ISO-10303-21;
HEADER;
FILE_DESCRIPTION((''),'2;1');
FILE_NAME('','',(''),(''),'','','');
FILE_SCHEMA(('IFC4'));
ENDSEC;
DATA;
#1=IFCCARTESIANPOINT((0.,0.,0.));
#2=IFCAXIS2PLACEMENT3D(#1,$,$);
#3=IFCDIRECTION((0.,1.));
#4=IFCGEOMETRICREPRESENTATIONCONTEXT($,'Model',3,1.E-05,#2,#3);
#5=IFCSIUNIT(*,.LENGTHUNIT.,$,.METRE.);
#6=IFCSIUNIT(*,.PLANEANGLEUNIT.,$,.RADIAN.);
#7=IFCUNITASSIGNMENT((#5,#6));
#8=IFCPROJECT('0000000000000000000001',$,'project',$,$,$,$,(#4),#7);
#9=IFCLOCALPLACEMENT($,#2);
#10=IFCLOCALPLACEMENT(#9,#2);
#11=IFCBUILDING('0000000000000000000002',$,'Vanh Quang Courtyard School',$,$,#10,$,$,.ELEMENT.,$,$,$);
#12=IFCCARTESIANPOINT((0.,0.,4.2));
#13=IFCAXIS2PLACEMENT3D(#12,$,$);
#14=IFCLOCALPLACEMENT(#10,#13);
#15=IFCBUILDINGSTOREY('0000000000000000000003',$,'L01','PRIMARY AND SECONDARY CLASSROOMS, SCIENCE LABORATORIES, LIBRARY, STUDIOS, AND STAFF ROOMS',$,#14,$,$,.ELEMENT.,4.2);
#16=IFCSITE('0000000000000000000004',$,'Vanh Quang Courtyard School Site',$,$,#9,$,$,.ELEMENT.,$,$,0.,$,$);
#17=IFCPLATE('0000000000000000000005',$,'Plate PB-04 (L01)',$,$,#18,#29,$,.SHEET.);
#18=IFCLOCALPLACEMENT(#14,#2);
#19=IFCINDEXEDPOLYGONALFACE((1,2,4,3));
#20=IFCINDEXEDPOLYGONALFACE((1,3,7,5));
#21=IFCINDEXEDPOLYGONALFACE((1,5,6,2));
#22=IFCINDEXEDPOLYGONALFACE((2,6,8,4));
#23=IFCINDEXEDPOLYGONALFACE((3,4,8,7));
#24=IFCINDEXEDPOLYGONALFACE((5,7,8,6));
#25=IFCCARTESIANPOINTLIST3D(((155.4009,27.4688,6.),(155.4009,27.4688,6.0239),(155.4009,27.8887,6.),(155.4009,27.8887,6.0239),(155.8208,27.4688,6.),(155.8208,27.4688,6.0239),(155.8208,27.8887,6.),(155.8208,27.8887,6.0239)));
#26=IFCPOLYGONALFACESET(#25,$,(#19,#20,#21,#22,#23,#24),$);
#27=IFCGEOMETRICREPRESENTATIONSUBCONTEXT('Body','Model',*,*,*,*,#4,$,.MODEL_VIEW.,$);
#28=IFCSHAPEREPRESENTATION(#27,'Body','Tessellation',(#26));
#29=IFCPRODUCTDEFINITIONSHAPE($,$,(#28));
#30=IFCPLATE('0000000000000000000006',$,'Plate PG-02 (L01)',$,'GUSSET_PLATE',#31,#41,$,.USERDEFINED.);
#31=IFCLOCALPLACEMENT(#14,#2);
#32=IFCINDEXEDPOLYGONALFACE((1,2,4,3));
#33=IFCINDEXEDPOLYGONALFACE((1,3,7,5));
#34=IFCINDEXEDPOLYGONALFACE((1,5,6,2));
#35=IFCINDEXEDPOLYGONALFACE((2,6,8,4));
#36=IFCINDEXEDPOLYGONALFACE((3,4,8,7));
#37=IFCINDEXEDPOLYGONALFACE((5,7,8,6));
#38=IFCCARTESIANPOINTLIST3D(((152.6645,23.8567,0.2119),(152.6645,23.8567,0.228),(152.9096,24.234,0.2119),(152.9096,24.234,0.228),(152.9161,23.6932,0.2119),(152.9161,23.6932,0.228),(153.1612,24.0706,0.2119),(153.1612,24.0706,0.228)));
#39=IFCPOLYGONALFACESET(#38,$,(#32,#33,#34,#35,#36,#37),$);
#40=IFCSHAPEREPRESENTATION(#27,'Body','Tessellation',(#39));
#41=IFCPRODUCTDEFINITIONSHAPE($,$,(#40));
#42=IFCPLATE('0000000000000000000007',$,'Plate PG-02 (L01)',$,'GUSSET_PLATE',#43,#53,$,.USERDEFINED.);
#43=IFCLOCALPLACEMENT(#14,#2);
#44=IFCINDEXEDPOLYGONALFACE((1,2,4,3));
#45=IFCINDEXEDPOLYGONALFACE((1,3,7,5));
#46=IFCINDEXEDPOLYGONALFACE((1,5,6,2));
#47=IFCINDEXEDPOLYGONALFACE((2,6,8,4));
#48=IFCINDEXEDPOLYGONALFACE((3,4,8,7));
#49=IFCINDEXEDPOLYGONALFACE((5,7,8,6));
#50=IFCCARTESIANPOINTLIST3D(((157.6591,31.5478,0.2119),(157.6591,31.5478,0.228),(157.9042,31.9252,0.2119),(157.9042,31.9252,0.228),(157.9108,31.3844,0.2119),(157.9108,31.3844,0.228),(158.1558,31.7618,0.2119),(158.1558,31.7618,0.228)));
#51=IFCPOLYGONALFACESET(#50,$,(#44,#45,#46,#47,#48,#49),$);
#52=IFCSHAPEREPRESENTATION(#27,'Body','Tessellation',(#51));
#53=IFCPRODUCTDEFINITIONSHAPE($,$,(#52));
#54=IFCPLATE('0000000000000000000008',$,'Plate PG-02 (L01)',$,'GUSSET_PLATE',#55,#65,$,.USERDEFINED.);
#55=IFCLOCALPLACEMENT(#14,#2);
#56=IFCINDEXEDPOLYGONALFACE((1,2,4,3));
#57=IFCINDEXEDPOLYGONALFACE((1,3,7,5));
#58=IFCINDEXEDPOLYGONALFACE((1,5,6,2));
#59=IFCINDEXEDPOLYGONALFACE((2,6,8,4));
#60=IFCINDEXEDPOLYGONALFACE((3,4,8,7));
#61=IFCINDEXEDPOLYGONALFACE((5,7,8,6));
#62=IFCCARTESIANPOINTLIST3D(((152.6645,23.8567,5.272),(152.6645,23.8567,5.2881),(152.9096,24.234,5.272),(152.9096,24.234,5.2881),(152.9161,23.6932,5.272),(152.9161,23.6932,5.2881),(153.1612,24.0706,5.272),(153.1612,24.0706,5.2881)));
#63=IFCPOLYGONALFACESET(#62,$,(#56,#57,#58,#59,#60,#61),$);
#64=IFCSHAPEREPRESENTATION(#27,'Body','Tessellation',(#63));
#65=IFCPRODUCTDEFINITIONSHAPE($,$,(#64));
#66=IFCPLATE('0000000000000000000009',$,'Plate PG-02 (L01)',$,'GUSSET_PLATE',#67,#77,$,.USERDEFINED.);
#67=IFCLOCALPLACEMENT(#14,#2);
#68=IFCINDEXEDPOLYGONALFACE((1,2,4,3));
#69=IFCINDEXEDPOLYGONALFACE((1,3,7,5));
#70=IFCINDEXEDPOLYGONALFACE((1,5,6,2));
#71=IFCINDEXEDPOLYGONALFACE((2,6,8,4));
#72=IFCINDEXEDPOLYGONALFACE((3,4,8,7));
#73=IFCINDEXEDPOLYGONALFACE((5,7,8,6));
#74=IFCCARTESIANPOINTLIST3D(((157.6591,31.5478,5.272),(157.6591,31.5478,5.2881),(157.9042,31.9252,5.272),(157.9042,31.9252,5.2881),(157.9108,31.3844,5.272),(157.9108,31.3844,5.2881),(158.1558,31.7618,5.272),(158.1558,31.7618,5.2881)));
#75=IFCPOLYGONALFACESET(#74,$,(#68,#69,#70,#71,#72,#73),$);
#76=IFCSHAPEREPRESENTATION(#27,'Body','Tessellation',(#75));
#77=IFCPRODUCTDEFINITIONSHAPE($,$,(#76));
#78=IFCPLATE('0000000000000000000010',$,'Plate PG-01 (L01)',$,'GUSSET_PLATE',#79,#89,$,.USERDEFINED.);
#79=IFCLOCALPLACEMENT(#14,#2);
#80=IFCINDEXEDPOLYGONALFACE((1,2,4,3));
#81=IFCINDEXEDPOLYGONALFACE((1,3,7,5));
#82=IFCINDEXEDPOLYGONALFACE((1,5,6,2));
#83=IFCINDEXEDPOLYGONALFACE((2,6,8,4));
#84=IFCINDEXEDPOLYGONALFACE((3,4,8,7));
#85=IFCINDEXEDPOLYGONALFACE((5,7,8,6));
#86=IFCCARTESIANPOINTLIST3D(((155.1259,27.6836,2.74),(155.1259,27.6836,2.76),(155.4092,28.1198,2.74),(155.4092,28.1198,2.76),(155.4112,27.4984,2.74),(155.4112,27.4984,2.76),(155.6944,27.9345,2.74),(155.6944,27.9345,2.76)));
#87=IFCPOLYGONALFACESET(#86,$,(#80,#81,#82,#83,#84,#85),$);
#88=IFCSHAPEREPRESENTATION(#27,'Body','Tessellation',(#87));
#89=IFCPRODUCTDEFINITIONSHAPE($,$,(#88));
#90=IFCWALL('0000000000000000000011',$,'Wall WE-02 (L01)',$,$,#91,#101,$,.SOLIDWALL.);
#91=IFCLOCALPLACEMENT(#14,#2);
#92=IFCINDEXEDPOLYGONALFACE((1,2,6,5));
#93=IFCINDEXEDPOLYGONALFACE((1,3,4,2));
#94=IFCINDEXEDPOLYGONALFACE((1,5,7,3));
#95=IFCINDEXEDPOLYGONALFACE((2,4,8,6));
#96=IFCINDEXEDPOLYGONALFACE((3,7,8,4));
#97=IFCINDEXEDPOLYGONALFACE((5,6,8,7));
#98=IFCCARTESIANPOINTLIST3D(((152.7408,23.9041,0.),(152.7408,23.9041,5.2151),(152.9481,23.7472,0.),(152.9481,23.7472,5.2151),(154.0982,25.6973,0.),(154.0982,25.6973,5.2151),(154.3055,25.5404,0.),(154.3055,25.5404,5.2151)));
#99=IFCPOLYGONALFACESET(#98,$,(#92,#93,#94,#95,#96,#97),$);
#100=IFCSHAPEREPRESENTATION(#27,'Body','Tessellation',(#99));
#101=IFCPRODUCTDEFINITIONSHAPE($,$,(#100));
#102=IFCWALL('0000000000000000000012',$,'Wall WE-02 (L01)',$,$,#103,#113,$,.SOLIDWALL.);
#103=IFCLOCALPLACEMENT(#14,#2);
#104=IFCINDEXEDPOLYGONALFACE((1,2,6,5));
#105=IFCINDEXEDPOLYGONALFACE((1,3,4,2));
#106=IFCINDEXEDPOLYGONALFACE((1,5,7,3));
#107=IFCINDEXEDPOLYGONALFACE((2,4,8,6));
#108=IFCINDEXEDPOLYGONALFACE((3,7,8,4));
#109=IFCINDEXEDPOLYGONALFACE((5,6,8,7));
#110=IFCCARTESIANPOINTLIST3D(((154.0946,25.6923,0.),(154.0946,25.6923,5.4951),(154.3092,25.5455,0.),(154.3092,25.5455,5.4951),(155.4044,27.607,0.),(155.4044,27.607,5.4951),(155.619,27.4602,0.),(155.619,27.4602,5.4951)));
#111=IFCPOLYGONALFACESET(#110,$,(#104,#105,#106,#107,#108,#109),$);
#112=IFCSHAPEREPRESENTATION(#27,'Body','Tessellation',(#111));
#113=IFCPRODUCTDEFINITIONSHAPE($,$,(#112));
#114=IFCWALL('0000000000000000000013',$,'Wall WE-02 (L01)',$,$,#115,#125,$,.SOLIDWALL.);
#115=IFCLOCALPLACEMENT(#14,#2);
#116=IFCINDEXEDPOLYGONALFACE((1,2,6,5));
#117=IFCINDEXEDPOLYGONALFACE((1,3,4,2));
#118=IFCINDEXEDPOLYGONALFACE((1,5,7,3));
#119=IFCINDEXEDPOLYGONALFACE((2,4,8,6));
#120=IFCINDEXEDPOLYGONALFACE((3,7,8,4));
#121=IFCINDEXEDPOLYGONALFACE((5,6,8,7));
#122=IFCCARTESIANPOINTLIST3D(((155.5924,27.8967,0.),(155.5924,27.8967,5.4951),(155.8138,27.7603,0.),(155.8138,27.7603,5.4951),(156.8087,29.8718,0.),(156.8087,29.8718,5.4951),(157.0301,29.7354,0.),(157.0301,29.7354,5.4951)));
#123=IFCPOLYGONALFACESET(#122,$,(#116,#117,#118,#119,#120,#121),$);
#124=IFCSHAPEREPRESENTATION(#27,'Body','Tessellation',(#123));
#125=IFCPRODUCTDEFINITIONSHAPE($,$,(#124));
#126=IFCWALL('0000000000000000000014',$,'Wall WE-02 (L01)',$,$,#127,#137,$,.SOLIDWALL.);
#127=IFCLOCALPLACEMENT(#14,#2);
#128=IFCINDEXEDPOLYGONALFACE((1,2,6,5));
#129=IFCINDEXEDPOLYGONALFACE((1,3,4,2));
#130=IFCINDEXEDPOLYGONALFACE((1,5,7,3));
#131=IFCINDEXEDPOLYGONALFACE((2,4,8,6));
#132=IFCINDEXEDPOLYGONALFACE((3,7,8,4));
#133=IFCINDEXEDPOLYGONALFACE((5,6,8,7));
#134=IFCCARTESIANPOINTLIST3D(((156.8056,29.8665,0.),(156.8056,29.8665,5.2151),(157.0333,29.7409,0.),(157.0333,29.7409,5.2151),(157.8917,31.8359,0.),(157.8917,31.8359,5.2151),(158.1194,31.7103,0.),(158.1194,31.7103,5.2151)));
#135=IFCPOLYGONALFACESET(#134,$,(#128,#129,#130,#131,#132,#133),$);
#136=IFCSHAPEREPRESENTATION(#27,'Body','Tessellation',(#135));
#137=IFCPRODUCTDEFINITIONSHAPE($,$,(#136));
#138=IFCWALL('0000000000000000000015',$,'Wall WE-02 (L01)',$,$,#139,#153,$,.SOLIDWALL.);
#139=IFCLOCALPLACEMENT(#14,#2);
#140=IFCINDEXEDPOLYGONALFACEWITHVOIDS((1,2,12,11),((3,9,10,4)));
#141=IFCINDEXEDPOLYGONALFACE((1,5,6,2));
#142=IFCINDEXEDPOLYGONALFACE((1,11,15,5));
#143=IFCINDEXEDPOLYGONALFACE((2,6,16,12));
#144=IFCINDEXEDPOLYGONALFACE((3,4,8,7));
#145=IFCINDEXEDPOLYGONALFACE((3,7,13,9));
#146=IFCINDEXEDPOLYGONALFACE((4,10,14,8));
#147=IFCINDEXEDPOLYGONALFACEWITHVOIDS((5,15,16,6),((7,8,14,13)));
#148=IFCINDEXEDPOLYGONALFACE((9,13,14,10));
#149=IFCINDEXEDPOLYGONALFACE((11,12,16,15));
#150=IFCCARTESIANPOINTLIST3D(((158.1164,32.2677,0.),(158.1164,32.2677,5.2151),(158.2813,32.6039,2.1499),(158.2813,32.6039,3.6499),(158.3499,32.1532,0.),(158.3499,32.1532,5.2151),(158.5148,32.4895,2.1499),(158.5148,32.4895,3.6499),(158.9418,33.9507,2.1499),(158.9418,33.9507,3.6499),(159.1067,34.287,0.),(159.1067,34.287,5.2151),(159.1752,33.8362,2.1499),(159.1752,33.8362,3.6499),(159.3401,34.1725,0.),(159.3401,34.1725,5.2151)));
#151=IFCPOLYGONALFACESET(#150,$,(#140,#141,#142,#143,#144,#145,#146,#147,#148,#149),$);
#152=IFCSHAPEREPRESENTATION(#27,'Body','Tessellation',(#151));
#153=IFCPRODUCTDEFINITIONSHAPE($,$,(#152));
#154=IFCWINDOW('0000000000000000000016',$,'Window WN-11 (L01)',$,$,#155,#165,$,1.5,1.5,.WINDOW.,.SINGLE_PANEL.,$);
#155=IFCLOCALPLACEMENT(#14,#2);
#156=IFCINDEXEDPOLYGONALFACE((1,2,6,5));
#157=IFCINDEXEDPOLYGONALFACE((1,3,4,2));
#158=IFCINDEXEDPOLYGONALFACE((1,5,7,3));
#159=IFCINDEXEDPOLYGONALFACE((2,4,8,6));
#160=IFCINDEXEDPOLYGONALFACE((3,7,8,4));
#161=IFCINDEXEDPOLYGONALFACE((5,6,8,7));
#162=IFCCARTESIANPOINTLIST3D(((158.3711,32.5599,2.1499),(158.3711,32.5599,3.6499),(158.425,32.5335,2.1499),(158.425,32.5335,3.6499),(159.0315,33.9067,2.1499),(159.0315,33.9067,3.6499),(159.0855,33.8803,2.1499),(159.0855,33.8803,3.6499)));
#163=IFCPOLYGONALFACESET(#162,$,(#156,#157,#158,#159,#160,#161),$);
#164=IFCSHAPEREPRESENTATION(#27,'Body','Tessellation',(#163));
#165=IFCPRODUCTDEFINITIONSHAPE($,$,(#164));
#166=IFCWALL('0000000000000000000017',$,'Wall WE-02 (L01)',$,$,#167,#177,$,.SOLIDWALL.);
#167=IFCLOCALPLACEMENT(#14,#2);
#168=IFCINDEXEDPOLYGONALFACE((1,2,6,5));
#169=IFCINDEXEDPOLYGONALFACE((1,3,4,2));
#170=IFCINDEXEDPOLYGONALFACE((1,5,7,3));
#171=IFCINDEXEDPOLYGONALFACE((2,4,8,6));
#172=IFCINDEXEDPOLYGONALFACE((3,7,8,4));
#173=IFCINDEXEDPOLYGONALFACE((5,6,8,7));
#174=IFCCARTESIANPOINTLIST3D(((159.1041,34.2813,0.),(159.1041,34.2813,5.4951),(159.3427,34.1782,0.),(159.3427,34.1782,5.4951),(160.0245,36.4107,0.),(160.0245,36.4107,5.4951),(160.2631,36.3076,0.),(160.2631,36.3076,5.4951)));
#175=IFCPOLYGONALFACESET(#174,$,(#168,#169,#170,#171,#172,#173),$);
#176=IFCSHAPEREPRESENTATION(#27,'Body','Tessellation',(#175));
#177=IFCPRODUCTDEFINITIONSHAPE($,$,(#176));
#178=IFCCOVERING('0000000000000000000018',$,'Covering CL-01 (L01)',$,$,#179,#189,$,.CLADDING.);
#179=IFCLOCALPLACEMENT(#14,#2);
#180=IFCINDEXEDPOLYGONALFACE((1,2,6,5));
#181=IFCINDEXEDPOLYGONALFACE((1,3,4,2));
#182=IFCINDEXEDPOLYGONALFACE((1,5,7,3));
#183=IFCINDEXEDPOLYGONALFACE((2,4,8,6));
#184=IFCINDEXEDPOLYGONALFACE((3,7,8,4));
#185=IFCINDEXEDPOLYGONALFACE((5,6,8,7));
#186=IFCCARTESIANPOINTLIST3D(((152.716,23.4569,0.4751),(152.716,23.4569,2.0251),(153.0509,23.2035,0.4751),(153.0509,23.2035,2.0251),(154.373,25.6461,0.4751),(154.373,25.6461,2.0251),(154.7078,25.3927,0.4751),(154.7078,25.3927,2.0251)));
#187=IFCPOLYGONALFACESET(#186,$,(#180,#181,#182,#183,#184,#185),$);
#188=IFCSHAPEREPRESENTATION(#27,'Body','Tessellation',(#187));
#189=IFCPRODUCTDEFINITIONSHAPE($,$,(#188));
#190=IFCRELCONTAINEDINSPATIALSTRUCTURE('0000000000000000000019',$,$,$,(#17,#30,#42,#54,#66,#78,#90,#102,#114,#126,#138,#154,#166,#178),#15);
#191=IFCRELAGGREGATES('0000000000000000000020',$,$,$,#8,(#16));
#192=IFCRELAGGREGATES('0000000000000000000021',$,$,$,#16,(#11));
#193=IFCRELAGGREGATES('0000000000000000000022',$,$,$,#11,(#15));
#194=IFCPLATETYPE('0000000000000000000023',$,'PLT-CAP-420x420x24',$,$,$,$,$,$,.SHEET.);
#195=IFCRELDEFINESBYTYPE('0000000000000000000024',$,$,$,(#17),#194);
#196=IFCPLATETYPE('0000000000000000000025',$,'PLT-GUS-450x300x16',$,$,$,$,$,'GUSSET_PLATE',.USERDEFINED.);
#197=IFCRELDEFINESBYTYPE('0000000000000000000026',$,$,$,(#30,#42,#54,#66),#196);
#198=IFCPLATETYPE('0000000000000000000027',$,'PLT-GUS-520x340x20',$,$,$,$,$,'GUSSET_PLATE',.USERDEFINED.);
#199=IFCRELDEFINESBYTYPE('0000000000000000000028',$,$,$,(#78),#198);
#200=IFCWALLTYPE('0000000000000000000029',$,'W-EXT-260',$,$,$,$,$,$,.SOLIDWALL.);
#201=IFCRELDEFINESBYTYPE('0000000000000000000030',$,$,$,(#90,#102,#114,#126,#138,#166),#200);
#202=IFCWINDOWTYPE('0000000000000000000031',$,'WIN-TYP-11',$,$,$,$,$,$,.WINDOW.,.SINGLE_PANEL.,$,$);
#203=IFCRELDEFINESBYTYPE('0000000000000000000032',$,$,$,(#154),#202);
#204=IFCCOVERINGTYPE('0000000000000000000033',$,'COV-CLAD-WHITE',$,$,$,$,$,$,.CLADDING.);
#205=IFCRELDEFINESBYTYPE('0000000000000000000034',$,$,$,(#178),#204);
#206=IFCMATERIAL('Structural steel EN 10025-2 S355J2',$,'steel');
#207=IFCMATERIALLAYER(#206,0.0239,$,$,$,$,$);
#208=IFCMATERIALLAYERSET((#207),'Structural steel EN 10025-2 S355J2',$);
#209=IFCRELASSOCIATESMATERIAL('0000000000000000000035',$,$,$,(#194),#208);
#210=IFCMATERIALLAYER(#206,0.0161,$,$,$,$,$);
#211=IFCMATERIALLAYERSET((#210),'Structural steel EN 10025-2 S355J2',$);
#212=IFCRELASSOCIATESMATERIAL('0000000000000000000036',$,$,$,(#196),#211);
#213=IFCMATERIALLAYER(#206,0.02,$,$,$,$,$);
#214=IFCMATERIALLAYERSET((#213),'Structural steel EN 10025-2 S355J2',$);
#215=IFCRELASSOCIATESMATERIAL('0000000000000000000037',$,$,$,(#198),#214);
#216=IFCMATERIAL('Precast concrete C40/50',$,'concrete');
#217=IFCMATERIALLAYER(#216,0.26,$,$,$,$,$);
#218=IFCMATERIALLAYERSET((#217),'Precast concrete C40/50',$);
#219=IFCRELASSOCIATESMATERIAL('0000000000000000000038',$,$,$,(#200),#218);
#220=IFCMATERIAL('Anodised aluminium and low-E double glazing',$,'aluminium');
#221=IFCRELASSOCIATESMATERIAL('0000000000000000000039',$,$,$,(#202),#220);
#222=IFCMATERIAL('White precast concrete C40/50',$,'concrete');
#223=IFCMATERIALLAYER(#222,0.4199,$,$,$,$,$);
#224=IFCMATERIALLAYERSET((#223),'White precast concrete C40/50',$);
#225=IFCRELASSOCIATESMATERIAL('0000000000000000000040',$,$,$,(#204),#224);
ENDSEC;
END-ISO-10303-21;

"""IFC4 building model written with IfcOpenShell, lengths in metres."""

from ifc_helpers import new_model, si_unit, direction, frame, frame_2d, origin, origin_2d, place, context, subcontext, project, spatial, rectangle, extrude, material, layer, layer_set, type_object, element, fill, save


model = new_model("IFC4")

# Units and contexts
model_context = context("Model", 3, precision=1e-05, world=origin(), true_north=direction((0.0, 1.0)))
body_context = subcontext(model_context, "Body", "Model", "MODEL_VIEW")
ifc_project = project(units=[si_unit("LENGTHUNIT", "METRE"), si_unit("PLANEANGLEUNIT", "RADIAN")], contexts=[model_context])

# Site, building, storey
site_placement = place(None, origin())
site = spatial("IfcSite", under=ifc_project, at=site_placement, Name="Vanh Quang Courtyard School Site", CompositionType="ELEMENT", RefElevation=0.0)
building_placement = place(site_placement, origin())
building = spatial("IfcBuilding", under=site, at=building_placement, Name="Vanh Quang Courtyard School", CompositionType="ELEMENT")
storey_placement = place(building_placement, frame((0.0, 0.0, 4.2)))
storey = spatial("IfcBuildingStorey", under=building, at=storey_placement, Name="L01", Description="PRIMARY AND SECONDARY CLASSROOMS, SCIENCE LABORATORIES, LIBRARY, STUDIOS, AND STAFF ROOMS", CompositionType="ELEMENT", Elevation=4.2)

# Shared definitions
ifc_material_1 = material(Name="Structural steel EN 10025-2 S355J2", Category="steel")

# Plates
ifc_layer_1 = layer(ifc_material_1, 0.0239)
ifc_layer_set_1 = layer_set([ifc_layer_1], Name="Structural steel EN 10025-2 S355J2")
plate_type_1 = type_object("IfcPlateType", Name="PLT-CAP-420x420x24", PredefinedType="SHEET", material=ifc_layer_set_1)
plate_1_placement = place(storey_placement, frame((155.6108, 27.6787, 6.0), z_axis=(0.0, 0.0, 1.0), x_axis=(1.0, 0.0, 0.0)))
element("IfcPlate", 1, at=plate_1_placement, inside=storey, type_object=plate_type_1, Name="Plate PB-04 (L01)", PredefinedType="SHEET", context=body_context, shape_type="SweptSolid", body=[
    extrude(rectangle(XDim=0.4199, YDim=0.4199, at=origin_2d()), origin(), (0.0, 0.0, 1.0), 0.0239),
])
ifc_layer_2 = layer(ifc_material_1, 0.0161)
ifc_layer_set_2 = layer_set([ifc_layer_2], Name="Structural steel EN 10025-2 S355J2")
plate_type_2 = type_object("IfcPlateType", Name="PLT-GUS-450x300x16", ElementType="GUSSET_PLATE", PredefinedType="USERDEFINED", material=ifc_layer_set_2)
for number, where, z_axis, x_axis, name in (
    (2, (152.9128, 23.9636, 0.2119), (0.0, 0.0, 1.0), (0.544639, 0.838671, 0.0), "Plate PG-02 (L01)"),
    (3, (157.9075, 31.6548, 0.2119), (0.0, 0.0, 1.0), (0.544639, 0.838671, 0.0), "Plate PG-02 (L01)"),
    (4, (152.9128, 23.9636, 5.272), (0.0, 0.0, 1.0), (0.544639, 0.838671, 0.0), "Plate PG-02 (L01)"),
    (5, (157.9075, 31.6548, 5.272), (0.0, 0.0, 1.0), (0.544639, 0.838671, 0.0), "Plate PG-02 (L01)"),
):
    element("IfcPlate", number, at=place(storey_placement, frame(where, z_axis=z_axis, x_axis=x_axis)), inside=storey, type_object=plate_type_2, Name=name, ObjectType="GUSSET_PLATE", PredefinedType="USERDEFINED", context=body_context, shape_type="SweptSolid", body=[
        extrude(rectangle(XDim=0.45, YDim=0.3, at=origin_2d()), origin(), (0.0, 0.0, 1.0), 0.0161),
    ])
ifc_layer_3 = layer(ifc_material_1, 0.02)
ifc_layer_set_3 = layer_set([ifc_layer_3], Name="Structural steel EN 10025-2 S355J2")
plate_type_3 = type_object("IfcPlateType", Name="PLT-GUS-520x340x20", ElementType="GUSSET_PLATE", PredefinedType="USERDEFINED", material=ifc_layer_set_3)
plate_2_placement = place(storey_placement, frame((155.4102, 27.8091, 2.74), z_axis=(0.0, 0.0, 1.0), x_axis=(0.544639, 0.838671, 0.0)))
element("IfcPlate", 6, at=plate_2_placement, inside=storey, type_object=plate_type_3, Name="Plate PG-01 (L01)", ObjectType="GUSSET_PLATE", PredefinedType="USERDEFINED", context=body_context, shape_type="SweptSolid", body=[
    extrude(rectangle(XDim=0.52, YDim=0.3401, at=origin_2d()), origin(), (0.0, 0.0, 1.0), 0.02),
])

# Walls
ifc_material_2 = material(Name="Precast concrete C40/50", Category="concrete")
ifc_layer_4 = layer(ifc_material_2, 0.26)
ifc_layer_set_4 = layer_set([ifc_layer_4], Name="Precast concrete C40/50")
wall_type = type_object("IfcWallType", Name="W-EXT-260", PredefinedType="SOLIDWALL", material=ifc_layer_set_4)
wall_1_placement = place(storey_placement, frame((152.8445, 23.8257, 0.0), z_axis=(0.0, 0.0, 1.0), x_axis=(0.603555, 0.797322, 0.0)))
element("IfcWall", 7, at=wall_1_placement, inside=storey, type_object=wall_type, Name="Wall WE-02 (L01)", PredefinedType="SOLIDWALL", context=body_context, shape_type="SweptSolid", body=[
    extrude(rectangle(XDim=2.249, YDim=0.26, at=frame_2d((1.1245, 0.0))), origin(), (0.0, 0.0, 1.0), 5.2151),
])
wall_2_placement = place(storey_placement, frame((154.2019, 25.6189, 0.0), z_axis=(0.0, 0.0, 1.0), x_axis=(0.564593, 0.825369, 0.0)))
element("IfcWall", 8, at=wall_2_placement, inside=storey, type_object=wall_type, Name="Wall WE-02 (L01)", PredefinedType="SOLIDWALL", context=body_context, shape_type="SweptSolid", body=[
    extrude(rectangle(XDim=2.3198, YDim=0.26, at=frame_2d((1.1599, 0.0))), origin(), (0.0, 0.0, 1.0), 5.4951),
])
wall_3_placement = place(storey_placement, frame((155.7031, 27.8286, 0.0), z_axis=(0.0, 0.0, 1.0), x_axis=(0.524368, 0.851492, 0.0)))
element("IfcWall", 9, at=wall_3_placement, inside=storey, type_object=wall_type, Name="Wall WE-02 (L01)", PredefinedType="SOLIDWALL", context=body_context, shape_type="SweptSolid", body=[
    extrude(rectangle(XDim=2.3196, YDim=0.26, at=frame_2d((1.1597, 0.0))), origin(), (0.0, 0.0, 1.0), 5.4951),
])
wall_4_placement = place(storey_placement, frame((156.9194, 29.8037, 0.0), z_axis=(0.0, 0.0, 1.0), x_axis=(0.482931, 0.875658, 0.0)))
element("IfcWall", 10, at=wall_4_placement, inside=storey, type_object=wall_type, Name="Wall WE-02 (L01)", PredefinedType="SOLIDWALL", context=body_context, shape_type="SweptSolid", body=[
    extrude(rectangle(XDim=2.249, YDim=0.26, at=frame_2d((1.1245, 0.0))), origin(), (0.0, 0.0, 1.0), 5.2151),
])

# Wall, opening, window
wall_5_placement = place(storey_placement, frame((158.2332, 32.2104, 0.0), z_axis=(0.0, 0.0, 1.0), x_axis=(0.440296, 0.897853, 0.0)))
wall_5 = element("IfcWall", 11, at=wall_5_placement, inside=storey, type_object=wall_type, Name="Wall WE-02 (L01)", PredefinedType="SOLIDWALL", context=body_context, shape_type="SweptSolid", body=[
    extrude(rectangle(XDim=2.249, YDim=0.26, at=frame_2d((1.1245, 0.0))), origin(), (0.0, 0.0, 1.0), 5.2151),
])
opening_placement = place(wall_5_placement, frame((0.3745, 0.0, 2.1499)))
opening = element("IfcOpeningElement", 12, at=opening_placement, cuts=wall_5, PredefinedType="OPENING", context=body_context, shape_type="SweptSolid", body=[
    extrude(rectangle(XDim=1.5, YDim=1.5, at=frame_2d((0.75, 0.75))), frame((0.0, 0.1401, 0.0), z_axis=(0.0, -1.0, 0.0), x_axis=(1.0, 0.0, 0.0)), (0.0, 0.0, 1.0), 0.28),
])
ifc_material_3 = material(Name="Anodised aluminium and low-E double glazing", Category="aluminium")
window_type = type_object("IfcWindowType", Name="WIN-TYP-11", PartitioningType="SINGLE_PANEL", PredefinedType="WINDOW", material=ifc_material_3)
window_placement = place(opening_placement, origin())
window = element("IfcWindow", 13, at=window_placement, inside=storey, type_object=window_type, Name="Window WN-11 (L01)", OverallHeight=1.5, OverallWidth=1.5, PartitioningType="SINGLE_PANEL", PredefinedType="WINDOW", context=body_context, shape_type="SweptSolid", body=[
    extrude(rectangle(XDim=1.5, YDim=1.5, at=frame_2d((0.75, 0.75))), frame((0.0, 0.03, 0.0), z_axis=(0.0, -1.0, 0.0), x_axis=(1.0, 0.0, 0.0)), (0.0, 0.0, 1.0), 0.0601),
])
fill(opening, window)

# Wall
wall_6_placement = place(storey_placement, frame((159.2234, 34.2297, 0.0), z_axis=(0.0, 0.0, 1.0), x_axis=(0.396763, 0.917921, 0.0)))
element("IfcWall", 14, at=wall_6_placement, inside=storey, type_object=wall_type, Name="Wall WE-02 (L01)", PredefinedType="SOLIDWALL", context=body_context, shape_type="SweptSolid", body=[
    extrude(rectangle(XDim=2.3198, YDim=0.26, at=frame_2d((1.1599, 0.0))), origin(), (0.0, 0.0, 1.0), 5.4951),
])

# Covering
ifc_material_4 = material(Name="White precast concrete C40/50", Category="concrete")
ifc_layer_5 = layer(ifc_material_4, 0.4199)
ifc_layer_set_5 = layer_set([ifc_layer_5], Name="White precast concrete C40/50")
covering_type = type_object("IfcCoveringType", Name="COV-CLAD-WHITE", PredefinedType="CLADDING", material=ifc_layer_set_5)
covering_1_placement = place(storey_placement, frame((153.7119, 24.4248, 0.4751), z_axis=(0.0, 0.0, 1.0), x_axis=(0.603486, 0.797373, 0.0)))
element("IfcCovering", 15, at=covering_1_placement, inside=storey, type_object=covering_type, Name="Covering CL-01 (L01)", PredefinedType="CLADDING", context=body_context, shape_type="SweptSolid", body=[
    extrude(rectangle(XDim=2.7456, YDim=0.4199, at=origin_2d()), origin(), (0.0, 0.0, 1.0), 1.55),
])

save(model, "model.ifc")
